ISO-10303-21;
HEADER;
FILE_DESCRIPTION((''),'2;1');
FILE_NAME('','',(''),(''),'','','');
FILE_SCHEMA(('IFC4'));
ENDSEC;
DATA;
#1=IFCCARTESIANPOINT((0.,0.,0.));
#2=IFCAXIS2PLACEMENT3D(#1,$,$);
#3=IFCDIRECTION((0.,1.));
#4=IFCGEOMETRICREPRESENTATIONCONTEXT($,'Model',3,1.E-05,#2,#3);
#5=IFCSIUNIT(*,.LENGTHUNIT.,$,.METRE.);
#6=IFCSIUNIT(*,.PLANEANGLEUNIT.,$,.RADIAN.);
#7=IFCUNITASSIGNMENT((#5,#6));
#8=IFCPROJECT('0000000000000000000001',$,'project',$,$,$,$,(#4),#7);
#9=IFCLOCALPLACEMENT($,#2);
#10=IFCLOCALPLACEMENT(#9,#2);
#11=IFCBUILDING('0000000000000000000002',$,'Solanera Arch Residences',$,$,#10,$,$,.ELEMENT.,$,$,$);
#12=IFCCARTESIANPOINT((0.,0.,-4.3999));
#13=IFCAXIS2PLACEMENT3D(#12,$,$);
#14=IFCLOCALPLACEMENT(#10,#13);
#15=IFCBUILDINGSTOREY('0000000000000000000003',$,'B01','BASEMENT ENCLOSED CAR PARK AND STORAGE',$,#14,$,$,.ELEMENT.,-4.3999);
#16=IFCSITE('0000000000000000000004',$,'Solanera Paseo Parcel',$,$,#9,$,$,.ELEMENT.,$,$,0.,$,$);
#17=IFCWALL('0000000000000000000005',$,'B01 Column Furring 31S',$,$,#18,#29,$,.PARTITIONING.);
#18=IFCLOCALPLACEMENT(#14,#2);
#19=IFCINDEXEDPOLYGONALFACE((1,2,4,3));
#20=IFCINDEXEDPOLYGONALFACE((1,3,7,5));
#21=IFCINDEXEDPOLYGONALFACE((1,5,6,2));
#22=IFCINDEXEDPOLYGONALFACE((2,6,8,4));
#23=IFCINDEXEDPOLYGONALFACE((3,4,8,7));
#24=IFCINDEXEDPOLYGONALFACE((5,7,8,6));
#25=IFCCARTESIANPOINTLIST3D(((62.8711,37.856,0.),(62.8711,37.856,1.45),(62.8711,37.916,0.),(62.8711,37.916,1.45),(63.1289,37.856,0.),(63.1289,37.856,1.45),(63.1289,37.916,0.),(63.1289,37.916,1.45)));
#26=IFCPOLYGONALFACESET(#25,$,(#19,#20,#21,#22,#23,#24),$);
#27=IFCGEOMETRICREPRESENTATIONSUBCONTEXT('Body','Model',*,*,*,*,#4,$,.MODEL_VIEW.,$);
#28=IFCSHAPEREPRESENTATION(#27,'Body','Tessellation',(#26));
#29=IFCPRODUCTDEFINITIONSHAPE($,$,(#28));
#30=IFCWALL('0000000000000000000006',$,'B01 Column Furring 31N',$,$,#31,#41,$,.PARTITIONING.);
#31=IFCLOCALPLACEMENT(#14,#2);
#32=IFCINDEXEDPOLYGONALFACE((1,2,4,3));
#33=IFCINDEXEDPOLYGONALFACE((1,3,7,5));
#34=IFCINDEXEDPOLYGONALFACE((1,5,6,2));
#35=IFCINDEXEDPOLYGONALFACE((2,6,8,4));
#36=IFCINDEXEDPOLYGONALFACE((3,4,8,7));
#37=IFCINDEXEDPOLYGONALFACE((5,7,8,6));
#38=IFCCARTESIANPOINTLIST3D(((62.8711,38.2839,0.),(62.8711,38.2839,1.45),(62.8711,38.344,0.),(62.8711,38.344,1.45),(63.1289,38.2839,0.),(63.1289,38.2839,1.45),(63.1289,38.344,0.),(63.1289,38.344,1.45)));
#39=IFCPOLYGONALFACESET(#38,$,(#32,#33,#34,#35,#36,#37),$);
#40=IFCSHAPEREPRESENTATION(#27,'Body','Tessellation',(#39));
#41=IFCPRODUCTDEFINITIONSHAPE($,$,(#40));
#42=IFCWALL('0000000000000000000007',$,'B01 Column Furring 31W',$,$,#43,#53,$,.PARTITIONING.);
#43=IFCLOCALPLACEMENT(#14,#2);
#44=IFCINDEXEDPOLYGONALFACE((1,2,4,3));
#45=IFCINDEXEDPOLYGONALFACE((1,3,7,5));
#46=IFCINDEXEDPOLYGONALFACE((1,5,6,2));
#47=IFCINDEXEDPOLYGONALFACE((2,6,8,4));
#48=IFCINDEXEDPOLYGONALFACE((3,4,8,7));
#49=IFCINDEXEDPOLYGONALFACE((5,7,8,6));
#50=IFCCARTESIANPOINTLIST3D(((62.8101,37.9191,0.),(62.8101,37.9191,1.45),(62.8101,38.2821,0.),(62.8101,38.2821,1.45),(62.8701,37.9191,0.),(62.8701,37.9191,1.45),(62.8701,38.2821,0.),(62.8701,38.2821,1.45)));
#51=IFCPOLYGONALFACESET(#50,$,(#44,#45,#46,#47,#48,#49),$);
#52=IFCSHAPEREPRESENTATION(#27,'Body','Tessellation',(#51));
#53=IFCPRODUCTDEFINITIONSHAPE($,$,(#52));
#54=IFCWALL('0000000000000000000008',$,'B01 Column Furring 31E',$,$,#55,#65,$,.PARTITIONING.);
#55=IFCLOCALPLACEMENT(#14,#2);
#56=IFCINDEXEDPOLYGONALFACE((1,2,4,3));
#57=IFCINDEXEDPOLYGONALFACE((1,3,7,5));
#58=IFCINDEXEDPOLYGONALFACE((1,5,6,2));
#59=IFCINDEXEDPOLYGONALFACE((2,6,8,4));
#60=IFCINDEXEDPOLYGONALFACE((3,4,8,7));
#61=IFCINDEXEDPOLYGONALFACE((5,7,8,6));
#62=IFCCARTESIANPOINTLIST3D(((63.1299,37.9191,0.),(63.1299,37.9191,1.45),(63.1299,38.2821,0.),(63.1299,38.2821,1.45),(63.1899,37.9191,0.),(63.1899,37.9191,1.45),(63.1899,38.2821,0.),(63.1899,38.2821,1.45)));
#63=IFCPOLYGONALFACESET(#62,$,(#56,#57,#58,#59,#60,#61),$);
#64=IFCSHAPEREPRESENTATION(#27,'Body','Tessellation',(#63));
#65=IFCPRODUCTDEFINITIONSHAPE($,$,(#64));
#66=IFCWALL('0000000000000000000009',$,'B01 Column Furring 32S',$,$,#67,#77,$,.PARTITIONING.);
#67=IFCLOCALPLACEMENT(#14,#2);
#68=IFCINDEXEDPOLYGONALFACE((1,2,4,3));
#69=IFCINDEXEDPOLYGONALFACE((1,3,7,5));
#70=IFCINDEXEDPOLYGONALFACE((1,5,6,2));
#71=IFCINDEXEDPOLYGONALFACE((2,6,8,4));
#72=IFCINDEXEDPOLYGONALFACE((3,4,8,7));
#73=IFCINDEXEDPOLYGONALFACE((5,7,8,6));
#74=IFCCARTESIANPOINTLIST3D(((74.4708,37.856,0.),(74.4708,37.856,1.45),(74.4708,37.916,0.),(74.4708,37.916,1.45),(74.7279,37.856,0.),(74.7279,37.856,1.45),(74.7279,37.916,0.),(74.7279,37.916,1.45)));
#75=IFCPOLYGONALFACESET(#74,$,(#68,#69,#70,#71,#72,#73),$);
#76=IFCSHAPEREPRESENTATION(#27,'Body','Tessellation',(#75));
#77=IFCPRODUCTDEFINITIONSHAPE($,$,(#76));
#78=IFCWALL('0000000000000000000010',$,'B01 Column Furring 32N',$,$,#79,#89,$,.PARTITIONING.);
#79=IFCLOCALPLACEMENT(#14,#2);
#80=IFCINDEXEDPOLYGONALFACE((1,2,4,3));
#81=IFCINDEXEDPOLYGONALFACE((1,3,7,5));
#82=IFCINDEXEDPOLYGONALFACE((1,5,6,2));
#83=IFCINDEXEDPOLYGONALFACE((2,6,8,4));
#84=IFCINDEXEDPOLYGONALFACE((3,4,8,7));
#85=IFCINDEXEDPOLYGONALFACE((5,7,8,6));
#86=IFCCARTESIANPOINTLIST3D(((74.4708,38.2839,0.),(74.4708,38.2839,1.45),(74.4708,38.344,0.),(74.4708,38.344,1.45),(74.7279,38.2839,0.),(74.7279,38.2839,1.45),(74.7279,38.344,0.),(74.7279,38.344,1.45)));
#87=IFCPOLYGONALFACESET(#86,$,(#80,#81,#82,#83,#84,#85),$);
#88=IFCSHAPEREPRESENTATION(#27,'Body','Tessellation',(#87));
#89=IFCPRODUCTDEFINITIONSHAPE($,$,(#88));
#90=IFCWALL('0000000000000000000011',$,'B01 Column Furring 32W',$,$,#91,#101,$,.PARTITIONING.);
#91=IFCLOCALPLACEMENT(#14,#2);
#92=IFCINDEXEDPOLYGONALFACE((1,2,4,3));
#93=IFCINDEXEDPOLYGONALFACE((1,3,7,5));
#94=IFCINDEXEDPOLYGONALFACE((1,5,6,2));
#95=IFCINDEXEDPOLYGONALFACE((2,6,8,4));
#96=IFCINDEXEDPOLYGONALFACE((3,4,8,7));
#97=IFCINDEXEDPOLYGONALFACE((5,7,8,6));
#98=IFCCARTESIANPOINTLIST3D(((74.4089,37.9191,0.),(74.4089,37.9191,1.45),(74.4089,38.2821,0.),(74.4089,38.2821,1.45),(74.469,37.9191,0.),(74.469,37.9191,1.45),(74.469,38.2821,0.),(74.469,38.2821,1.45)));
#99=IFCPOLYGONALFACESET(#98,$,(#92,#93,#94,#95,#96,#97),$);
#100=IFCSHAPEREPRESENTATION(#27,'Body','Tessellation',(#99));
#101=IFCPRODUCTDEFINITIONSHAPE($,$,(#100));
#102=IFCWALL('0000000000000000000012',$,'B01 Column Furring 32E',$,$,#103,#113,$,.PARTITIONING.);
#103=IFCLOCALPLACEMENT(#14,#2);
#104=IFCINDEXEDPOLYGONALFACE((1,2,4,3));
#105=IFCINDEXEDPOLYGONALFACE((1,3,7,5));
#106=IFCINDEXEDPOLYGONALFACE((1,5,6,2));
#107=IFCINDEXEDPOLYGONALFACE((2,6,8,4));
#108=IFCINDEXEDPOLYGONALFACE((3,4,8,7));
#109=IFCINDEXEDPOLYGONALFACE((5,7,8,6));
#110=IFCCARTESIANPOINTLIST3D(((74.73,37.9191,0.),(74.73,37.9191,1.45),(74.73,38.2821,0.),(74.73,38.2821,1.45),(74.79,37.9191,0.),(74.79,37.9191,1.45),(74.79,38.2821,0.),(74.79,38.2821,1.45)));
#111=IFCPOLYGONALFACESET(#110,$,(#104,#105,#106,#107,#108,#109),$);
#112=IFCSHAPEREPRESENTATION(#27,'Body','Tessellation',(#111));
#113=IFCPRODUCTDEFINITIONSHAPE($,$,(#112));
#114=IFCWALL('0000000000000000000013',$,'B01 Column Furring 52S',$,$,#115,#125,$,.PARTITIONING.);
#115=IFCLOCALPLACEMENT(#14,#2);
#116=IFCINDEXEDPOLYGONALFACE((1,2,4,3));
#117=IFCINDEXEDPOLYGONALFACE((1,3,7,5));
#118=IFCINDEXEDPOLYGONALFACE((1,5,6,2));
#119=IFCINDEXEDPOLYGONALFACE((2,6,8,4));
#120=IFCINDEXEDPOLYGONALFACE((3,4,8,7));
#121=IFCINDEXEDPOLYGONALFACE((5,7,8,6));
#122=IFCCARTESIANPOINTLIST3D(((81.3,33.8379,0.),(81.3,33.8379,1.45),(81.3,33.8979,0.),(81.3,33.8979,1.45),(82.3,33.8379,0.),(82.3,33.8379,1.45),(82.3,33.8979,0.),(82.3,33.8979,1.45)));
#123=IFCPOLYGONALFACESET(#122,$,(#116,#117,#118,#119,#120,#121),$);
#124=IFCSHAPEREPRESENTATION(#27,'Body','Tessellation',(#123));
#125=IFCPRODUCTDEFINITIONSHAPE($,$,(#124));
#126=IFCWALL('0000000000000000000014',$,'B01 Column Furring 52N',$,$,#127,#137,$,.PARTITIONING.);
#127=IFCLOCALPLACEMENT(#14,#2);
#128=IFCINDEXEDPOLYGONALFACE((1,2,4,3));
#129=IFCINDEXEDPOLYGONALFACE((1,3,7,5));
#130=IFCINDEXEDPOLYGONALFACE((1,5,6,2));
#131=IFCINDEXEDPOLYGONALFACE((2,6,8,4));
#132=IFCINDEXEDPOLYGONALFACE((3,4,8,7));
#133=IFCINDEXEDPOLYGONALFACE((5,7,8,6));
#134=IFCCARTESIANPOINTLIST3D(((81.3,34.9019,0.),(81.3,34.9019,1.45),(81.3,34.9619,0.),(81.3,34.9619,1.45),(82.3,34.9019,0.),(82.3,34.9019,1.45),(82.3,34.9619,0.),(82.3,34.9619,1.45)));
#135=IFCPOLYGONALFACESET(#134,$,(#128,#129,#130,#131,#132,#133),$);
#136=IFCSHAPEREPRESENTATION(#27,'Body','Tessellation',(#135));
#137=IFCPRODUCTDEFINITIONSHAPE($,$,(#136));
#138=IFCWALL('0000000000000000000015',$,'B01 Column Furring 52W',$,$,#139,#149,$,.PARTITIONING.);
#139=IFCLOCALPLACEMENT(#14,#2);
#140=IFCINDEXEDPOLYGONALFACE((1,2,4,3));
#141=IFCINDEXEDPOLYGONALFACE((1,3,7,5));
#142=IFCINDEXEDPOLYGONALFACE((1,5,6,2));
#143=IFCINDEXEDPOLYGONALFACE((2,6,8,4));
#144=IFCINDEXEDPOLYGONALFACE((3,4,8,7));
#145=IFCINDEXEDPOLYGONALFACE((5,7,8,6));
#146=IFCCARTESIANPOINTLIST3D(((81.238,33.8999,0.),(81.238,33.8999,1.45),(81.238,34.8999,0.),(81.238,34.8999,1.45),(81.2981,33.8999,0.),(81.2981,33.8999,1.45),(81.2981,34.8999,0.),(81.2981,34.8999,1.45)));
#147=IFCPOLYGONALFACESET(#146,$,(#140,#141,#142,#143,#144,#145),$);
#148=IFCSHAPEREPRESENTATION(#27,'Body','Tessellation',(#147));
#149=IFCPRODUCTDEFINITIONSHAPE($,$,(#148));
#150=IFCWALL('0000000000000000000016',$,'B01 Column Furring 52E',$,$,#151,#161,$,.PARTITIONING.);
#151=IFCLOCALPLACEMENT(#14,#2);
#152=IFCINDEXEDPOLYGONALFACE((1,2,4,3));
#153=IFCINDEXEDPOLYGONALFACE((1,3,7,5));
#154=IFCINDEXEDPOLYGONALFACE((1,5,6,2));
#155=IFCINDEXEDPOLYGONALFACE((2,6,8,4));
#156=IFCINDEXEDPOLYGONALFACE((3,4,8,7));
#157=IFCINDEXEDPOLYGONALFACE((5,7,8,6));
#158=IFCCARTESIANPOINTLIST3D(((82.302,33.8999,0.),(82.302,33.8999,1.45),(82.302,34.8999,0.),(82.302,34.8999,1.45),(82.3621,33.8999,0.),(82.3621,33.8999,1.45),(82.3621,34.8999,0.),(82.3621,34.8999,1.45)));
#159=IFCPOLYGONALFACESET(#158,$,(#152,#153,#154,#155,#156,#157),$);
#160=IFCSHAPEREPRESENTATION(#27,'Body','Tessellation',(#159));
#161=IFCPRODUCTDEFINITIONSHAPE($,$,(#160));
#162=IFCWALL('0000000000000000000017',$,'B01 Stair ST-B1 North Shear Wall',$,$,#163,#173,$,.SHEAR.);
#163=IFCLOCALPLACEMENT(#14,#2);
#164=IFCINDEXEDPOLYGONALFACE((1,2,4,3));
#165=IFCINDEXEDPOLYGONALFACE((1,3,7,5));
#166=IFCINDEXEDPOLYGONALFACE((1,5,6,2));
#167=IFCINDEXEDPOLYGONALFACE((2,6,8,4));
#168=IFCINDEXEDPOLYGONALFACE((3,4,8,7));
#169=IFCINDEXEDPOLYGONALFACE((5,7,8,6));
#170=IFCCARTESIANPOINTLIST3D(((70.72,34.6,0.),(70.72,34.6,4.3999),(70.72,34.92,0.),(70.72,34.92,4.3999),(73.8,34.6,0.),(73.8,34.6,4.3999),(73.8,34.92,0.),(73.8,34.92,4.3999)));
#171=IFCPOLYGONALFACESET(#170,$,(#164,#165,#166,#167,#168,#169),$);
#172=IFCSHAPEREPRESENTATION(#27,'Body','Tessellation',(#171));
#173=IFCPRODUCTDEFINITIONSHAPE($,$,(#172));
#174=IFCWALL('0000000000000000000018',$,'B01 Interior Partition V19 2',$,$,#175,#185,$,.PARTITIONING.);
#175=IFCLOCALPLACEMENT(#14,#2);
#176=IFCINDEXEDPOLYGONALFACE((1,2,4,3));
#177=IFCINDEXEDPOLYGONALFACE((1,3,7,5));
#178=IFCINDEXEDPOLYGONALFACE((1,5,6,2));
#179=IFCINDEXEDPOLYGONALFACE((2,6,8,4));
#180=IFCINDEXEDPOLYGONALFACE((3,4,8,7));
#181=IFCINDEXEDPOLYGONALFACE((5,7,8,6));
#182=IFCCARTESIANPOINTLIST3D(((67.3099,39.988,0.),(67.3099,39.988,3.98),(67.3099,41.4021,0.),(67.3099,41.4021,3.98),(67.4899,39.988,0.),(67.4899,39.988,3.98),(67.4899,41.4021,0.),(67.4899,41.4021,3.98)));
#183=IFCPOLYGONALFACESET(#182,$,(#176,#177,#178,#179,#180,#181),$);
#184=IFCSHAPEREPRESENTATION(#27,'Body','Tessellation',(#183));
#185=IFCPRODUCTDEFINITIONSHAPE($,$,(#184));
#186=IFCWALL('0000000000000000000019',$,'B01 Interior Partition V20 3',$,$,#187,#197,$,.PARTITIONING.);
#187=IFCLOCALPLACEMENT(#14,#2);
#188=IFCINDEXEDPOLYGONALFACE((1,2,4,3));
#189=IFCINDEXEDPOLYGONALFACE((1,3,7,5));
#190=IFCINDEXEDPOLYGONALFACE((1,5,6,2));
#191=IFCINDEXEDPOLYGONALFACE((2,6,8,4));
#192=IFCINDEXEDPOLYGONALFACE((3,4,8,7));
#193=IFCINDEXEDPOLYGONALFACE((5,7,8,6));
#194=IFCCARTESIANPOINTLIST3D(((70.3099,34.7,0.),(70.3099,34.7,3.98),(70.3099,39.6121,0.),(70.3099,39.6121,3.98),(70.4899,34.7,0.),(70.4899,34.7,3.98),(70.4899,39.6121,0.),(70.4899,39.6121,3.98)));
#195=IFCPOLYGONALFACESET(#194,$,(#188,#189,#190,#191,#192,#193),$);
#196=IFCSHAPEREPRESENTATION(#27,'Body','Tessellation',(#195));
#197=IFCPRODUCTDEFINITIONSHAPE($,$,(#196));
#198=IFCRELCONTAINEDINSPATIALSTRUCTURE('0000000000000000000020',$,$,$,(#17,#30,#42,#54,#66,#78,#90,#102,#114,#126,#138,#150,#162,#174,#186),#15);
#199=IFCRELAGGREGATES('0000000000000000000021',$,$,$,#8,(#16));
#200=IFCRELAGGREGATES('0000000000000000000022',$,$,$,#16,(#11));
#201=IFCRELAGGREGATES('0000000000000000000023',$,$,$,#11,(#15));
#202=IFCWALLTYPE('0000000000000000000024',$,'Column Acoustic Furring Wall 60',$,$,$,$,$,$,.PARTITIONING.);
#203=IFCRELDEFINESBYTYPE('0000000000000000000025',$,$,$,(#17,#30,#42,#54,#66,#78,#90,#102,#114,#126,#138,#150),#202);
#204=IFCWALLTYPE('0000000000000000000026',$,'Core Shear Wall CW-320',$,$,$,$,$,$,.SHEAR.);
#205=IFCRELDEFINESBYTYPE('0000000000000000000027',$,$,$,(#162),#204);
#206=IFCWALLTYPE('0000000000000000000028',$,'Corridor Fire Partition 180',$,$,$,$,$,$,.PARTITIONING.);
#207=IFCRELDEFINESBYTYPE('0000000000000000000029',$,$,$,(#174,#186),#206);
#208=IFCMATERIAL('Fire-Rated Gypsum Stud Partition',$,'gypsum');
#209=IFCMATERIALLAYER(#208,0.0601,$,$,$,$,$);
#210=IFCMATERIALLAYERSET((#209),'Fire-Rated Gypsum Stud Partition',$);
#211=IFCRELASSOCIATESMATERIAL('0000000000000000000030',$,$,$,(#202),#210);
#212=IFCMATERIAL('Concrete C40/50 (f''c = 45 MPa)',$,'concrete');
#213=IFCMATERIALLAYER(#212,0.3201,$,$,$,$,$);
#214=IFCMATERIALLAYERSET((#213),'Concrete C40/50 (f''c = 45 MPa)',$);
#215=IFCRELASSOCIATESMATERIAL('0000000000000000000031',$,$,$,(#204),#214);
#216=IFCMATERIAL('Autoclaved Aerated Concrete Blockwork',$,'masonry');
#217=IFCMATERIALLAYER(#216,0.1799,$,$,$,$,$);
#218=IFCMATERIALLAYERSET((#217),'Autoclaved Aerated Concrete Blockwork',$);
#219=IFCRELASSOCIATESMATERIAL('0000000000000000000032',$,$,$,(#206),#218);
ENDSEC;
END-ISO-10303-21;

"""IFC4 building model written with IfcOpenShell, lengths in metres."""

from ifc_helpers import new_model, si_unit, direction, frame, frame_2d, origin, place, context, subcontext, project, spatial, rectangle, extrude, material, layer, layer_set, type_object, element, save


model = new_model("IFC4")

# Units and contexts
model_context = context("Model", 3, precision=1e-05, world=origin(), true_north=direction((0.0, 1.0)))
body_context = subcontext(model_context, "Body", "Model", "MODEL_VIEW")
ifc_project = project(units=[si_unit("LENGTHUNIT", "METRE"), si_unit("PLANEANGLEUNIT", "RADIAN")], contexts=[model_context])

# Site, building, storey
site_placement = place(None, origin())
site = spatial("IfcSite", under=ifc_project, at=site_placement, Name="Solanera Paseo Parcel", CompositionType="ELEMENT", RefElevation=0.0)
building_placement = place(site_placement, origin())
building = spatial("IfcBuilding", under=site, at=building_placement, Name="Solanera Arch Residences", CompositionType="ELEMENT")
storey_placement = place(building_placement, frame((0.0, 0.0, -4.3999)))
storey = spatial("IfcBuildingStorey", under=building, at=storey_placement, Name="B01", Description="BASEMENT ENCLOSED CAR PARK AND STORAGE", CompositionType="ELEMENT", Elevation=-4.3999)

# Walls
ifc_material_1 = material(Name="Fire-Rated Gypsum Stud Partition", Category="gypsum")
ifc_layer_1 = layer(ifc_material_1, 0.0601)
ifc_layer_set_1 = layer_set([ifc_layer_1], Name="Fire-Rated Gypsum Stud Partition")
wall_type_1 = type_object("IfcWallType", Name="Column Acoustic Furring Wall 60", PredefinedType="PARTITIONING", material=ifc_layer_set_1)
for number, where, z_axis, x_axis, name in (
    (1, (62.8711, 37.886, 0.0), (0.0, 0.0, 1.0), (1.0, 0.0, 0.0), "B01 Column Furring 31S"),
    (2, (62.8711, 38.314, 0.0), (0.0, 0.0, 1.0), (1.0, 0.0, 0.0), "B01 Column Furring 31N"),
):
    element("IfcWall", number, at=place(storey_placement, frame(where, z_axis=z_axis, x_axis=x_axis)), inside=storey, type_object=wall_type_1, Name=name, PredefinedType="PARTITIONING", context=body_context, shape_type="SweptSolid", body=[
        extrude(rectangle(XDim=0.2578, YDim=0.0601, at=frame_2d((0.1289, 0.0))), origin(), (0.0, 0.0, 1.0), 1.45),
    ])
for number, where, z_axis, x_axis, name in (
    (3, (62.8401, 37.9189, 0.0), (0.0, 0.0, 1.0), (0.0, 1.0, 0.0), "B01 Column Furring 31W"),
    (4, (63.1599, 37.9189, 0.0), (0.0, 0.0, 1.0), (0.0, 1.0, 0.0), "B01 Column Furring 31E"),
):
    element("IfcWall", number, at=place(storey_placement, frame(where, z_axis=z_axis, x_axis=x_axis)), inside=storey, type_object=wall_type_1, Name=name, PredefinedType="PARTITIONING", context=body_context, shape_type="SweptSolid", body=[
        extrude(rectangle(XDim=0.363, YDim=0.0601, at=frame_2d((0.1816, 0.0))), origin(), (0.0, 0.0, 1.0), 1.45),
    ])
for number, where, z_axis, x_axis, name in (
    (5, (74.4709, 37.886, 0.0), (0.0, 0.0, 1.0), (1.0, 0.0, 0.0), "B01 Column Furring 32S"),
    (6, (74.4709, 38.314, 0.0), (0.0, 0.0, 1.0), (1.0, 0.0, 0.0), "B01 Column Furring 32N"),
):
    element("IfcWall", number, at=place(storey_placement, frame(where, z_axis=z_axis, x_axis=x_axis)), inside=storey, type_object=wall_type_1, Name=name, PredefinedType="PARTITIONING", context=body_context, shape_type="SweptSolid", body=[
        extrude(rectangle(XDim=0.2571, YDim=0.0601, at=frame_2d((0.1284, 0.0))), origin(), (0.0, 0.0, 1.0), 1.45),
    ])
for number, where, z_axis, x_axis, name in (
    (7, (74.439, 37.9189, 0.0), (0.0, 0.0, 1.0), (0.0, 1.0, 0.0), "B01 Column Furring 32W"),
    (8, (74.76, 37.9189, 0.0), (0.0, 0.0, 1.0), (0.0, 1.0, 0.0), "B01 Column Furring 32E"),
):
    element("IfcWall", number, at=place(storey_placement, frame(where, z_axis=z_axis, x_axis=x_axis)), inside=storey, type_object=wall_type_1, Name=name, PredefinedType="PARTITIONING", context=body_context, shape_type="SweptSolid", body=[
        extrude(rectangle(XDim=0.363, YDim=0.0601, at=frame_2d((0.1816, 0.0))), origin(), (0.0, 0.0, 1.0), 1.45),
    ])
for number, where, z_axis, x_axis, name in (
    (9, (81.3, 33.8679, 0.0), (0.0, 0.0, 1.0), (1.0, 0.0, 0.0), "B01 Column Furring 52S"),
    (10, (81.3, 34.9319, 0.0), (0.0, 0.0, 1.0), (1.0, 0.0, 0.0), "B01 Column Furring 52N"),
    (11, (81.2681, 33.8999, 0.0), (0.0, 0.0, 1.0), (0.0, 1.0, 0.0), "B01 Column Furring 52W"),
    (12, (82.332, 33.8999, 0.0), (0.0, 0.0, 1.0), (0.0, 1.0, 0.0), "B01 Column Furring 52E"),
):
    element("IfcWall", number, at=place(storey_placement, frame(where, z_axis=z_axis, x_axis=x_axis)), inside=storey, type_object=wall_type_1, Name=name, PredefinedType="PARTITIONING", context=body_context, shape_type="SweptSolid", body=[
        extrude(rectangle(XDim=1.0, YDim=0.0601, at=frame_2d((0.5, 0.0))), origin(), (0.0, 0.0, 1.0), 1.45),
    ])
ifc_material_2 = material(Name="Concrete C40/50 (f'c = 45 MPa)", Category="concrete")
ifc_layer_2 = layer(ifc_material_2, 0.3201)
ifc_layer_set_2 = layer_set([ifc_layer_2], Name="Concrete C40/50 (f'c = 45 MPa)")
wall_type_2 = type_object("IfcWallType", Name="Core Shear Wall CW-320", PredefinedType="SHEAR", material=ifc_layer_set_2)
wall_1_placement = place(storey_placement, frame((70.72, 34.76, 0.0), z_axis=(0.0, 0.0, 1.0), x_axis=(1.0, 0.0, 0.0)))
element("IfcWall", 13, at=wall_1_placement, inside=storey, type_object=wall_type_2, Name="B01 Stair ST-B1 North Shear Wall", PredefinedType="SHEAR", context=body_context, shape_type="SweptSolid", body=[
    extrude(rectangle(XDim=3.0801, YDim=0.3201, at=frame_2d((1.54, 0.0))), origin(), (0.0, 0.0, 1.0), 4.3999),
])
ifc_material_3 = material(Name="Autoclaved Aerated Concrete Blockwork", Category="masonry")
ifc_layer_3 = layer(ifc_material_3, 0.1799)
ifc_layer_set_3 = layer_set([ifc_layer_3], Name="Autoclaved Aerated Concrete Blockwork")
wall_type_3 = type_object("IfcWallType", Name="Corridor Fire Partition 180", PredefinedType="PARTITIONING", material=ifc_layer_set_3)
wall_2_placement = place(storey_placement, frame((67.3999, 39.988, 0.0), z_axis=(0.0, 0.0, 1.0), x_axis=(0.0, 1.0, 0.0)))
element("IfcWall", 14, at=wall_2_placement, inside=storey, type_object=wall_type_3, Name="B01 Interior Partition V19 2", PredefinedType="PARTITIONING", context=body_context, shape_type="SweptSolid", body=[
    extrude(rectangle(XDim=1.4141, YDim=0.1799, at=frame_2d((0.707, 0.0))), origin(), (0.0, 0.0, 1.0), 3.98),
])
wall_3_placement = place(storey_placement, frame((70.3999, 34.7, 0.0), z_axis=(0.0, 0.0, 1.0), x_axis=(0.0, 1.0, 0.0)))
element("IfcWall", 15, at=wall_3_placement, inside=storey, type_object=wall_type_3, Name="B01 Interior Partition V20 3", PredefinedType="PARTITIONING", context=body_context, shape_type="SweptSolid", body=[
    extrude(rectangle(XDim=4.9121, YDim=0.1799, at=frame_2d((2.4561, 0.0))), origin(), (0.0, 0.0, 1.0), 3.98),
])

save(model, "model.ifc")
